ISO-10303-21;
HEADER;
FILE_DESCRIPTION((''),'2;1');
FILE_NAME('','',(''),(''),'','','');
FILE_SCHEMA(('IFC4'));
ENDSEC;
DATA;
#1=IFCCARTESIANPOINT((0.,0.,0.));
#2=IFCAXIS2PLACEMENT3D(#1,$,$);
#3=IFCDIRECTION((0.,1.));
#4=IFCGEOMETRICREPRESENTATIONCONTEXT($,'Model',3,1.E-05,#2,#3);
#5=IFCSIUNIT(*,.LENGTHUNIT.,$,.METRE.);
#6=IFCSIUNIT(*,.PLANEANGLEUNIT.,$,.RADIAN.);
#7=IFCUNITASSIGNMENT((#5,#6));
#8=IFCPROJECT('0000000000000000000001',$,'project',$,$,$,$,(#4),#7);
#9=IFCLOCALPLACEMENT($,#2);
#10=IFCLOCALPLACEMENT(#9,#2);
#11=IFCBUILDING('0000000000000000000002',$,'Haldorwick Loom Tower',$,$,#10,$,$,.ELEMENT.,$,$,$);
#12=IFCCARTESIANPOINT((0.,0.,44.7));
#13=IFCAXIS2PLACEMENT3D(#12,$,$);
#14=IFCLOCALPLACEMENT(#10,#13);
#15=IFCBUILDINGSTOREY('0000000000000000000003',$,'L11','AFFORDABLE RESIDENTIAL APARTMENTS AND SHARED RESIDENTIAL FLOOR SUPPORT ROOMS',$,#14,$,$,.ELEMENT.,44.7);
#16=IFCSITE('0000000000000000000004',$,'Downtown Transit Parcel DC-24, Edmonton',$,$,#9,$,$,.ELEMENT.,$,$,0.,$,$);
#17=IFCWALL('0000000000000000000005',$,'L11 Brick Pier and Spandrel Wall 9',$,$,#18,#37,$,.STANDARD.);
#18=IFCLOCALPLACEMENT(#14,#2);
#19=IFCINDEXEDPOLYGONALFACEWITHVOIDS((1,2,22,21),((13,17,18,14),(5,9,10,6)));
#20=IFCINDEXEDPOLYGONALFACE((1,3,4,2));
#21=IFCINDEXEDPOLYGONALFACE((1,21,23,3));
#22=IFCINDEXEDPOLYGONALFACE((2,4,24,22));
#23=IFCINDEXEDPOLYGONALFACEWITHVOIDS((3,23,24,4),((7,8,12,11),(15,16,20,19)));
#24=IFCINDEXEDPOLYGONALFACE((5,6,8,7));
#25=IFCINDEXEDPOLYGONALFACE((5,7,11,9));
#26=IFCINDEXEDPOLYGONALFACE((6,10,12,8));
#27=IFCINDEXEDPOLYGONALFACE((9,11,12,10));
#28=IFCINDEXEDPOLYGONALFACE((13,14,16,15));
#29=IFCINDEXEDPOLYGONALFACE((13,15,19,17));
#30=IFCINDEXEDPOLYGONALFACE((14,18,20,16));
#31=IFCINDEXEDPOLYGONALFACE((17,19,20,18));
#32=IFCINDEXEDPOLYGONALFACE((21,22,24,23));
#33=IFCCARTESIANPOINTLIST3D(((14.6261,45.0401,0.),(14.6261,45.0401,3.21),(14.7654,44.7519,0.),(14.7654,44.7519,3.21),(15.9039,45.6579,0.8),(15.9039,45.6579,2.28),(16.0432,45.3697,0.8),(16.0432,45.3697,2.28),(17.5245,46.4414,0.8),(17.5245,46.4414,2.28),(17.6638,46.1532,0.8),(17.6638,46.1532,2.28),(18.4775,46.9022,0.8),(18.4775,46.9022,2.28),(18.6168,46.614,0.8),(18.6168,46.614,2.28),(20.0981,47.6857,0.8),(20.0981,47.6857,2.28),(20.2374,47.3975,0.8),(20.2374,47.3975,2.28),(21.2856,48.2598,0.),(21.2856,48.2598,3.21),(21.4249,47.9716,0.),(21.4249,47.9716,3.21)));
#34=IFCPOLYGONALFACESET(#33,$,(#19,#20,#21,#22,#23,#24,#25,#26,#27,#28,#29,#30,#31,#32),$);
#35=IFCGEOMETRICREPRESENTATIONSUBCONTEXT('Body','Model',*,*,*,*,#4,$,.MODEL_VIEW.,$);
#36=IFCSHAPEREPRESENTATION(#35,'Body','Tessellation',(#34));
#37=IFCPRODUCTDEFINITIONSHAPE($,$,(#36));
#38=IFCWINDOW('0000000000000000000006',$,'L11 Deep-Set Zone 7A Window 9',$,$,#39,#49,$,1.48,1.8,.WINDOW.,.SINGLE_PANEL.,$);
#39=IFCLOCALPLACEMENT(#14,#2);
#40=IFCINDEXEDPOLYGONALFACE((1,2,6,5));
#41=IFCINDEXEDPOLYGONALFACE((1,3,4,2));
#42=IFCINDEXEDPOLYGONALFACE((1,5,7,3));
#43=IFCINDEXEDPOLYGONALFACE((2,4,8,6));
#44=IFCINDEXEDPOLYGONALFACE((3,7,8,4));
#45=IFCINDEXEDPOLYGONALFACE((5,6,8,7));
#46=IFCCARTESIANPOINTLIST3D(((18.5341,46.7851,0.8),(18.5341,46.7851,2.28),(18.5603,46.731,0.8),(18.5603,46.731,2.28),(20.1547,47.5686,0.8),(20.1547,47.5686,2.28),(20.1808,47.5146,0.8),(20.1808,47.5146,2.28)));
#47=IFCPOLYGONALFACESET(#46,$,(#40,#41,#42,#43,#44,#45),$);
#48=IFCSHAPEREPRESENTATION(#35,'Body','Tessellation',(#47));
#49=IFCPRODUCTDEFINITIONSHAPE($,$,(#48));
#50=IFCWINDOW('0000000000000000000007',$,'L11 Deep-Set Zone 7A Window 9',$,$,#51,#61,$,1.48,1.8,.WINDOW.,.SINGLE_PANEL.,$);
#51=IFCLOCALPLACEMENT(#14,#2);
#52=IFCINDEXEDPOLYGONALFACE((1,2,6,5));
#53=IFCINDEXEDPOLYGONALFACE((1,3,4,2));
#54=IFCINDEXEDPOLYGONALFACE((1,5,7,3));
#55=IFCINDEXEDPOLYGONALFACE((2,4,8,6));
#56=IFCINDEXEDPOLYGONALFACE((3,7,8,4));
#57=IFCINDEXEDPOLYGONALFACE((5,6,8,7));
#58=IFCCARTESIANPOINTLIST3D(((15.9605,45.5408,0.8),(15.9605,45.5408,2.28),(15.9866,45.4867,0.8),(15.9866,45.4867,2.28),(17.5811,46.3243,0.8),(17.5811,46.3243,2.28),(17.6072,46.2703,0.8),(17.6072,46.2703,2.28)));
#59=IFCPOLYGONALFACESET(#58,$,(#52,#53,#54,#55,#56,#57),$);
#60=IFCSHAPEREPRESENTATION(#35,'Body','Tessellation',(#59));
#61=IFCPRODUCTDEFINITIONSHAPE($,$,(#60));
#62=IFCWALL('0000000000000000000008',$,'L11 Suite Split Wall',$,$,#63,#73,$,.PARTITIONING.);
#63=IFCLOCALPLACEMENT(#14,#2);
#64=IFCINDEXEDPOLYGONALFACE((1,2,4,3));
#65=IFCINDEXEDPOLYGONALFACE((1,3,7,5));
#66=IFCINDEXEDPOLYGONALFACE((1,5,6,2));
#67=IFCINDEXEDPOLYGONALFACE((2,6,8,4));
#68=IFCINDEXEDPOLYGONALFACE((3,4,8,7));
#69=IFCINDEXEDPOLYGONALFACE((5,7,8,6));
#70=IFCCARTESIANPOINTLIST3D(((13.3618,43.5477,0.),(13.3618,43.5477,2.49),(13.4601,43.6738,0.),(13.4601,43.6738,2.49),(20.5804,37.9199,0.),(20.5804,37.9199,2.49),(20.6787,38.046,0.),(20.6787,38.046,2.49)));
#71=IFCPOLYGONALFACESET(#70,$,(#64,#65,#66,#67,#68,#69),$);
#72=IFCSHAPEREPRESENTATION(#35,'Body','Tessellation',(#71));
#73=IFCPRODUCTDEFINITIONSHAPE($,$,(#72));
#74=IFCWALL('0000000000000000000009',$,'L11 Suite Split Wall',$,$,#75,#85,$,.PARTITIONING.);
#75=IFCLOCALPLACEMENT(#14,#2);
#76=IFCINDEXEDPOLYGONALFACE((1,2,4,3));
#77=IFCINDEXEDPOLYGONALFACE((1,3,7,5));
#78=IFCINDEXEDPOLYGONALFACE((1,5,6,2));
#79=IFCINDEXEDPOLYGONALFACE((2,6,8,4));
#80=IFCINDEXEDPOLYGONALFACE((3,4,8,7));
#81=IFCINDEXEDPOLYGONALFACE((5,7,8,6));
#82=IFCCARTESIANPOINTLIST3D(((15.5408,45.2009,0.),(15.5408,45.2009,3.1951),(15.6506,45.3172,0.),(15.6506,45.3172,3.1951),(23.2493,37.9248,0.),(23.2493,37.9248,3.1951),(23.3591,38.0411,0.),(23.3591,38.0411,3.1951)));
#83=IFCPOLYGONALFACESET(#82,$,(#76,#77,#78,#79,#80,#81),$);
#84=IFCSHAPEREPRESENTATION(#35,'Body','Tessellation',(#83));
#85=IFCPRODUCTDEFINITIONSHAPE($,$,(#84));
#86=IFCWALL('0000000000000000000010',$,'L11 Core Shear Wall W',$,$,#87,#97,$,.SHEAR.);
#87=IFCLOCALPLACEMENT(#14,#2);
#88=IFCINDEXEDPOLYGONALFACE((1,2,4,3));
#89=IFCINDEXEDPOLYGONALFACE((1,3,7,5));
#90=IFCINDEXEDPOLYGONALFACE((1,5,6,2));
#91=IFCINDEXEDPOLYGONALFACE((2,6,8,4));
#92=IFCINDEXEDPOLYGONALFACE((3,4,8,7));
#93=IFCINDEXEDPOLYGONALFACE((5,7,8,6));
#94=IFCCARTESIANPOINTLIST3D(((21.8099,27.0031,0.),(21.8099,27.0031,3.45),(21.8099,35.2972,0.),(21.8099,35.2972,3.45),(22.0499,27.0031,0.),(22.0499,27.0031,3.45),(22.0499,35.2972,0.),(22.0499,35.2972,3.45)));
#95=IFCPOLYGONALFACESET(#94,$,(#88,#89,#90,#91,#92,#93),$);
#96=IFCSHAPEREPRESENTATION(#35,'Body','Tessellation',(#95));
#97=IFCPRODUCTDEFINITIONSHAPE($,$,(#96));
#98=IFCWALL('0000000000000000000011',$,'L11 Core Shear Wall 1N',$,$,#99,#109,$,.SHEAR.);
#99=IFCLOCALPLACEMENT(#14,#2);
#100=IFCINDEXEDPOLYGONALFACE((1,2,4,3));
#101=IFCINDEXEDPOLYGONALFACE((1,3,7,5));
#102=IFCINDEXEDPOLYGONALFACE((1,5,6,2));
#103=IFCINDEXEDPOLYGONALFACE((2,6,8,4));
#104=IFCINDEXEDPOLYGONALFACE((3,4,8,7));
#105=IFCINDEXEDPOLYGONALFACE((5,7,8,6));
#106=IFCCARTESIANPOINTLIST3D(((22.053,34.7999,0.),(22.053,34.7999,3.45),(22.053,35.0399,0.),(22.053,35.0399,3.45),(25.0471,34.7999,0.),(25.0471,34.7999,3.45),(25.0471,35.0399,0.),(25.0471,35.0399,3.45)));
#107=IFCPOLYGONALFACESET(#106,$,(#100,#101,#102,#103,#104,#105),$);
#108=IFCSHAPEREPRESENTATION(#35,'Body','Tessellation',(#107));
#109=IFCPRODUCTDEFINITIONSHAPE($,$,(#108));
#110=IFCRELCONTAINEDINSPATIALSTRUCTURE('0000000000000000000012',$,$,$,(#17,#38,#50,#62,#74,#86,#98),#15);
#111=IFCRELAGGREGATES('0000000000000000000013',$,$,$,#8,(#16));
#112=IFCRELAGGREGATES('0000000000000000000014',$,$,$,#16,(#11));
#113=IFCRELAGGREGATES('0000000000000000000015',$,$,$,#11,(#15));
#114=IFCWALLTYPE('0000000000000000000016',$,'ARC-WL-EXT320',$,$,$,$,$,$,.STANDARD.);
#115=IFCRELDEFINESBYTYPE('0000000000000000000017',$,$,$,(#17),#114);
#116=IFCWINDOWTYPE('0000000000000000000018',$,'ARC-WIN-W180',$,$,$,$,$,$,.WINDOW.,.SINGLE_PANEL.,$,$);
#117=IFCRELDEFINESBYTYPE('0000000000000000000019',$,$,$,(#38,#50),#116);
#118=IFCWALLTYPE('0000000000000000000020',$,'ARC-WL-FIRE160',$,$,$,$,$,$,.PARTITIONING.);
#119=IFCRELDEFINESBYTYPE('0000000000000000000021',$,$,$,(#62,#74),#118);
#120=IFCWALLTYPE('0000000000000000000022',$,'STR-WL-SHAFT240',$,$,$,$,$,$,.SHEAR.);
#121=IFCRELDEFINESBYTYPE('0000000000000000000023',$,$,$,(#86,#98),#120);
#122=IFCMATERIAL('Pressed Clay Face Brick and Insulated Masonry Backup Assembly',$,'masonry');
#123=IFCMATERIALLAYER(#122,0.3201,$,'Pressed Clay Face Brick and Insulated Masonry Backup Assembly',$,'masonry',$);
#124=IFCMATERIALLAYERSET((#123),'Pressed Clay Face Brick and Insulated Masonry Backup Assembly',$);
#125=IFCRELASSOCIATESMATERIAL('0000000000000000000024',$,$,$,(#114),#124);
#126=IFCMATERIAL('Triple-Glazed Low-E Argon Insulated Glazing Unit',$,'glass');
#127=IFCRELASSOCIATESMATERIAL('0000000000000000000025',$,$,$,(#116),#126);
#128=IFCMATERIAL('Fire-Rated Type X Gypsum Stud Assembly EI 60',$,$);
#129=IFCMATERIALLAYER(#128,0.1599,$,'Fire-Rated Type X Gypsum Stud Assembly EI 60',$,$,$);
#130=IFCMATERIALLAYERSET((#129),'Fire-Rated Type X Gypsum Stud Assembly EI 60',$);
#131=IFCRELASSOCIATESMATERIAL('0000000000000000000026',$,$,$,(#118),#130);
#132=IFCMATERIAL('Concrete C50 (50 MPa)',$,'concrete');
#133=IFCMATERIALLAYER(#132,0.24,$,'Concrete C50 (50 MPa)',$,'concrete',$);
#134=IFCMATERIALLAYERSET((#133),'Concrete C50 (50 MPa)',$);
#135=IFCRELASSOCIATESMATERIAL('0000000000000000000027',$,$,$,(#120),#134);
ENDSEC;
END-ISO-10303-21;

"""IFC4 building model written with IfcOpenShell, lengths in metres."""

from ifc_helpers import new_model, si_unit, direction, frame, frame_2d, origin, place, context, subcontext, project, spatial, rectangle, extrude, material, layer, layer_set, type_object, element, fill, save


model = new_model("IFC4")

# Units and contexts
model_context = context("Model", 3, precision=1e-05, world=origin(), true_north=direction((0.0, 1.0)))
body_context = subcontext(model_context, "Body", "Model", "MODEL_VIEW")
ifc_project = project(units=[si_unit("LENGTHUNIT", "METRE"), si_unit("PLANEANGLEUNIT", "RADIAN")], contexts=[model_context])

# Site, building, storey
site_placement = place(None, origin())
site = spatial("IfcSite", under=ifc_project, at=site_placement, Name="Downtown Transit Parcel DC-24, Edmonton", CompositionType="ELEMENT", RefElevation=0.0)
building_placement = place(site_placement, origin())
building = spatial("IfcBuilding", under=site, at=building_placement, Name="Haldorwick Loom Tower", CompositionType="ELEMENT")
storey_placement = place(building_placement, frame((0.0, 0.0, 44.7)))
storey = spatial("IfcBuildingStorey", under=building, at=storey_placement, Name="L11", Description="AFFORDABLE RESIDENTIAL APARTMENTS AND SHARED RESIDENTIAL FLOOR SUPPORT ROOMS", CompositionType="ELEMENT", Elevation=44.7)

# Wall, openings, windows
ifc_material_1 = material(Name="Pressed Clay Face Brick and Insulated Masonry Backup Assembly", Category="masonry")
ifc_layer_1 = layer(ifc_material_1, 0.3201, Name="Pressed Clay Face Brick and Insulated Masonry Backup Assembly", Category="masonry")
ifc_layer_set_1 = layer_set([ifc_layer_1], Name="Pressed Clay Face Brick and Insulated Masonry Backup Assembly")
wall_type_1 = type_object("IfcWallType", Name="ARC-WL-EXT320", PredefinedType="STANDARD", material=ifc_layer_set_1)
wall_1_placement = place(storey_placement, frame((21.3552, 48.1157, 0.0), z_axis=(0.0, 0.0, 1.0), x_axis=(-0.900296, -0.435279, 0.0)))
wall_1 = element("IfcWall", 1, at=wall_1_placement, inside=storey, type_object=wall_type_1, Name="L11 Brick Pier and Spandrel Wall 9", PredefinedType="STANDARD", context=body_context, shape_type="SweptSolid", body=[
    extrude(rectangle(XDim=7.397, YDim=0.3201, at=frame_2d((3.6985, 0.0))), origin(), (0.0, 0.0, 1.0), 3.21),
])
opening_1_placement = place(wall_1_placement, frame((1.3191, 0.0, 0.8)))
opening_1 = element("IfcOpeningElement", 2, at=opening_1_placement, cuts=wall_1, PredefinedType="OPENING", context=body_context, shape_type="SweptSolid", body=[
    extrude(rectangle(XDim=1.8, YDim=1.48, at=frame_2d((0.8999, 0.74))), frame((0.0, 0.1699, 0.0), z_axis=(0.0, -1.0, 0.0), x_axis=(1.0, 0.0, 0.0)), (0.0, 0.0, 1.0), 0.3401),
])
opening_2_placement = place(wall_1_placement, frame((4.1777, 0.0, 0.8)))
opening_2 = element("IfcOpeningElement", 3, at=opening_2_placement, cuts=wall_1, PredefinedType="OPENING", context=body_context, shape_type="SweptSolid", body=[
    extrude(rectangle(XDim=1.8, YDim=1.48, at=frame_2d((0.8999, 0.74))), frame((0.0, 0.1699, 0.0), z_axis=(0.0, -1.0, 0.0), x_axis=(1.0, 0.0, 0.0)), (0.0, 0.0, 1.0), 0.3401),
])
ifc_material_2 = material(Name="Triple-Glazed Low-E Argon Insulated Glazing Unit", Category="glass")
window_type = type_object("IfcWindowType", Name="ARC-WIN-W180", PartitioningType="SINGLE_PANEL", PredefinedType="WINDOW", material=ifc_material_2)
window_1_placement = place(opening_1_placement, origin())
window_1 = element("IfcWindow", 4, at=window_1_placement, inside=storey, type_object=window_type, Name="L11 Deep-Set Zone 7A Window 9", OverallHeight=1.48, OverallWidth=1.8, PartitioningType="SINGLE_PANEL", PredefinedType="WINDOW", context=body_context, shape_type="SweptSolid", body=[
    extrude(rectangle(XDim=1.8, YDim=1.48, at=frame_2d((0.8999, 0.74))), frame((0.0, 0.03, 0.0), z_axis=(0.0, -1.0, 0.0), x_axis=(1.0, 0.0, 0.0)), (0.0, 0.0, 1.0), 0.0601),
])
fill(opening_1, window_1)
window_2_placement = place(opening_2_placement, origin())
window_2 = element("IfcWindow", 5, at=window_2_placement, inside=storey, type_object=window_type, Name="L11 Deep-Set Zone 7A Window 9", OverallHeight=1.48, OverallWidth=1.8, PartitioningType="SINGLE_PANEL", PredefinedType="WINDOW", context=body_context, shape_type="SweptSolid", body=[
    extrude(rectangle(XDim=1.8, YDim=1.48, at=frame_2d((0.8999, 0.74))), frame((0.0, 0.03, 0.0), z_axis=(0.0, -1.0, 0.0), x_axis=(1.0, 0.0, 0.0)), (0.0, 0.0, 1.0), 0.0601),
])
fill(opening_2, window_2)

# Shared definitions
ifc_material_3 = material(Name="Fire-Rated Type X Gypsum Stud Assembly EI 60")
ifc_layer_2 = layer(ifc_material_3, 0.1599, Name="Fire-Rated Type X Gypsum Stud Assembly EI 60")
ifc_layer_set_2 = layer_set([ifc_layer_2], Name="Fire-Rated Type X Gypsum Stud Assembly EI 60")
wall_type_2 = type_object("IfcWallType", Name="ARC-WL-FIRE160", PredefinedType="PARTITIONING", material=ifc_layer_set_2)

# Walls
wall_2_placement = place(storey_placement, frame((20.6296, 37.9829, 0.0), z_axis=(0.0, 0.0, 1.0), x_axis=(-0.788648, 0.614845, 0.0)))
element("IfcWall", 6, at=wall_2_placement, inside=storey, type_object=wall_type_2, Name="L11 Suite Split Wall", PredefinedType="PARTITIONING", context=body_context, shape_type="SweptSolid", body=[
    extrude(rectangle(XDim=9.1531, YDim=0.1599, at=frame_2d((4.5767, 0.0))), origin(), (0.0, 0.0, 1.0), 2.49),
])
wall_3_placement = place(storey_placement, frame((23.3042, 37.9829, 0.0), z_axis=(0.0, 0.0, 1.0), x_axis=(-0.727207, 0.686418, 0.0)))
element("IfcWall", 7, at=wall_3_placement, inside=storey, type_object=wall_type_2, Name="L11 Suite Split Wall", PredefinedType="PARTITIONING", context=body_context, shape_type="SweptSolid", body=[
    extrude(rectangle(XDim=10.6001, YDim=0.1599, at=frame_2d((5.3, 0.0))), origin(), (0.0, 0.0, 1.0), 3.1951),
])
ifc_material_4 = material(Name="Concrete C50 (50 MPa)", Category="concrete")
ifc_layer_3 = layer(ifc_material_4, 0.24, Name="Concrete C50 (50 MPa)", Category="concrete")
ifc_layer_set_3 = layer_set([ifc_layer_3], Name="Concrete C50 (50 MPa)")
wall_type_3 = type_object("IfcWallType", Name="STR-WL-SHAFT240", PredefinedType="SHEAR", material=ifc_layer_set_3)
wall_4_placement = place(storey_placement, frame((21.9299, 35.2971, 0.0), z_axis=(0.0, 0.0, 1.0), x_axis=(0.0, -1.0, 0.0)))
element("IfcWall", 8, at=wall_4_placement, inside=storey, type_object=wall_type_3, Name="L11 Core Shear Wall W", PredefinedType="SHEAR", context=body_context, shape_type="SweptSolid", body=[
    extrude(rectangle(XDim=8.2942, YDim=0.24, at=frame_2d((4.147, 0.0))), origin(), (0.0, 0.0, 1.0), 3.45),
])
wall_5_placement = place(storey_placement, frame((22.053, 34.9199, 0.0), z_axis=(0.0, 0.0, 1.0), x_axis=(1.0, 0.0, 0.0)))
element("IfcWall", 9, at=wall_5_placement, inside=storey, type_object=wall_type_3, Name="L11 Core Shear Wall 1N", PredefinedType="SHEAR", context=body_context, shape_type="SweptSolid", body=[
    extrude(rectangle(XDim=2.9941, YDim=0.24, at=frame_2d((1.4971, 0.0))), origin(), (0.0, 0.0, 1.0), 3.45),
])

save(model, "model.ifc")
